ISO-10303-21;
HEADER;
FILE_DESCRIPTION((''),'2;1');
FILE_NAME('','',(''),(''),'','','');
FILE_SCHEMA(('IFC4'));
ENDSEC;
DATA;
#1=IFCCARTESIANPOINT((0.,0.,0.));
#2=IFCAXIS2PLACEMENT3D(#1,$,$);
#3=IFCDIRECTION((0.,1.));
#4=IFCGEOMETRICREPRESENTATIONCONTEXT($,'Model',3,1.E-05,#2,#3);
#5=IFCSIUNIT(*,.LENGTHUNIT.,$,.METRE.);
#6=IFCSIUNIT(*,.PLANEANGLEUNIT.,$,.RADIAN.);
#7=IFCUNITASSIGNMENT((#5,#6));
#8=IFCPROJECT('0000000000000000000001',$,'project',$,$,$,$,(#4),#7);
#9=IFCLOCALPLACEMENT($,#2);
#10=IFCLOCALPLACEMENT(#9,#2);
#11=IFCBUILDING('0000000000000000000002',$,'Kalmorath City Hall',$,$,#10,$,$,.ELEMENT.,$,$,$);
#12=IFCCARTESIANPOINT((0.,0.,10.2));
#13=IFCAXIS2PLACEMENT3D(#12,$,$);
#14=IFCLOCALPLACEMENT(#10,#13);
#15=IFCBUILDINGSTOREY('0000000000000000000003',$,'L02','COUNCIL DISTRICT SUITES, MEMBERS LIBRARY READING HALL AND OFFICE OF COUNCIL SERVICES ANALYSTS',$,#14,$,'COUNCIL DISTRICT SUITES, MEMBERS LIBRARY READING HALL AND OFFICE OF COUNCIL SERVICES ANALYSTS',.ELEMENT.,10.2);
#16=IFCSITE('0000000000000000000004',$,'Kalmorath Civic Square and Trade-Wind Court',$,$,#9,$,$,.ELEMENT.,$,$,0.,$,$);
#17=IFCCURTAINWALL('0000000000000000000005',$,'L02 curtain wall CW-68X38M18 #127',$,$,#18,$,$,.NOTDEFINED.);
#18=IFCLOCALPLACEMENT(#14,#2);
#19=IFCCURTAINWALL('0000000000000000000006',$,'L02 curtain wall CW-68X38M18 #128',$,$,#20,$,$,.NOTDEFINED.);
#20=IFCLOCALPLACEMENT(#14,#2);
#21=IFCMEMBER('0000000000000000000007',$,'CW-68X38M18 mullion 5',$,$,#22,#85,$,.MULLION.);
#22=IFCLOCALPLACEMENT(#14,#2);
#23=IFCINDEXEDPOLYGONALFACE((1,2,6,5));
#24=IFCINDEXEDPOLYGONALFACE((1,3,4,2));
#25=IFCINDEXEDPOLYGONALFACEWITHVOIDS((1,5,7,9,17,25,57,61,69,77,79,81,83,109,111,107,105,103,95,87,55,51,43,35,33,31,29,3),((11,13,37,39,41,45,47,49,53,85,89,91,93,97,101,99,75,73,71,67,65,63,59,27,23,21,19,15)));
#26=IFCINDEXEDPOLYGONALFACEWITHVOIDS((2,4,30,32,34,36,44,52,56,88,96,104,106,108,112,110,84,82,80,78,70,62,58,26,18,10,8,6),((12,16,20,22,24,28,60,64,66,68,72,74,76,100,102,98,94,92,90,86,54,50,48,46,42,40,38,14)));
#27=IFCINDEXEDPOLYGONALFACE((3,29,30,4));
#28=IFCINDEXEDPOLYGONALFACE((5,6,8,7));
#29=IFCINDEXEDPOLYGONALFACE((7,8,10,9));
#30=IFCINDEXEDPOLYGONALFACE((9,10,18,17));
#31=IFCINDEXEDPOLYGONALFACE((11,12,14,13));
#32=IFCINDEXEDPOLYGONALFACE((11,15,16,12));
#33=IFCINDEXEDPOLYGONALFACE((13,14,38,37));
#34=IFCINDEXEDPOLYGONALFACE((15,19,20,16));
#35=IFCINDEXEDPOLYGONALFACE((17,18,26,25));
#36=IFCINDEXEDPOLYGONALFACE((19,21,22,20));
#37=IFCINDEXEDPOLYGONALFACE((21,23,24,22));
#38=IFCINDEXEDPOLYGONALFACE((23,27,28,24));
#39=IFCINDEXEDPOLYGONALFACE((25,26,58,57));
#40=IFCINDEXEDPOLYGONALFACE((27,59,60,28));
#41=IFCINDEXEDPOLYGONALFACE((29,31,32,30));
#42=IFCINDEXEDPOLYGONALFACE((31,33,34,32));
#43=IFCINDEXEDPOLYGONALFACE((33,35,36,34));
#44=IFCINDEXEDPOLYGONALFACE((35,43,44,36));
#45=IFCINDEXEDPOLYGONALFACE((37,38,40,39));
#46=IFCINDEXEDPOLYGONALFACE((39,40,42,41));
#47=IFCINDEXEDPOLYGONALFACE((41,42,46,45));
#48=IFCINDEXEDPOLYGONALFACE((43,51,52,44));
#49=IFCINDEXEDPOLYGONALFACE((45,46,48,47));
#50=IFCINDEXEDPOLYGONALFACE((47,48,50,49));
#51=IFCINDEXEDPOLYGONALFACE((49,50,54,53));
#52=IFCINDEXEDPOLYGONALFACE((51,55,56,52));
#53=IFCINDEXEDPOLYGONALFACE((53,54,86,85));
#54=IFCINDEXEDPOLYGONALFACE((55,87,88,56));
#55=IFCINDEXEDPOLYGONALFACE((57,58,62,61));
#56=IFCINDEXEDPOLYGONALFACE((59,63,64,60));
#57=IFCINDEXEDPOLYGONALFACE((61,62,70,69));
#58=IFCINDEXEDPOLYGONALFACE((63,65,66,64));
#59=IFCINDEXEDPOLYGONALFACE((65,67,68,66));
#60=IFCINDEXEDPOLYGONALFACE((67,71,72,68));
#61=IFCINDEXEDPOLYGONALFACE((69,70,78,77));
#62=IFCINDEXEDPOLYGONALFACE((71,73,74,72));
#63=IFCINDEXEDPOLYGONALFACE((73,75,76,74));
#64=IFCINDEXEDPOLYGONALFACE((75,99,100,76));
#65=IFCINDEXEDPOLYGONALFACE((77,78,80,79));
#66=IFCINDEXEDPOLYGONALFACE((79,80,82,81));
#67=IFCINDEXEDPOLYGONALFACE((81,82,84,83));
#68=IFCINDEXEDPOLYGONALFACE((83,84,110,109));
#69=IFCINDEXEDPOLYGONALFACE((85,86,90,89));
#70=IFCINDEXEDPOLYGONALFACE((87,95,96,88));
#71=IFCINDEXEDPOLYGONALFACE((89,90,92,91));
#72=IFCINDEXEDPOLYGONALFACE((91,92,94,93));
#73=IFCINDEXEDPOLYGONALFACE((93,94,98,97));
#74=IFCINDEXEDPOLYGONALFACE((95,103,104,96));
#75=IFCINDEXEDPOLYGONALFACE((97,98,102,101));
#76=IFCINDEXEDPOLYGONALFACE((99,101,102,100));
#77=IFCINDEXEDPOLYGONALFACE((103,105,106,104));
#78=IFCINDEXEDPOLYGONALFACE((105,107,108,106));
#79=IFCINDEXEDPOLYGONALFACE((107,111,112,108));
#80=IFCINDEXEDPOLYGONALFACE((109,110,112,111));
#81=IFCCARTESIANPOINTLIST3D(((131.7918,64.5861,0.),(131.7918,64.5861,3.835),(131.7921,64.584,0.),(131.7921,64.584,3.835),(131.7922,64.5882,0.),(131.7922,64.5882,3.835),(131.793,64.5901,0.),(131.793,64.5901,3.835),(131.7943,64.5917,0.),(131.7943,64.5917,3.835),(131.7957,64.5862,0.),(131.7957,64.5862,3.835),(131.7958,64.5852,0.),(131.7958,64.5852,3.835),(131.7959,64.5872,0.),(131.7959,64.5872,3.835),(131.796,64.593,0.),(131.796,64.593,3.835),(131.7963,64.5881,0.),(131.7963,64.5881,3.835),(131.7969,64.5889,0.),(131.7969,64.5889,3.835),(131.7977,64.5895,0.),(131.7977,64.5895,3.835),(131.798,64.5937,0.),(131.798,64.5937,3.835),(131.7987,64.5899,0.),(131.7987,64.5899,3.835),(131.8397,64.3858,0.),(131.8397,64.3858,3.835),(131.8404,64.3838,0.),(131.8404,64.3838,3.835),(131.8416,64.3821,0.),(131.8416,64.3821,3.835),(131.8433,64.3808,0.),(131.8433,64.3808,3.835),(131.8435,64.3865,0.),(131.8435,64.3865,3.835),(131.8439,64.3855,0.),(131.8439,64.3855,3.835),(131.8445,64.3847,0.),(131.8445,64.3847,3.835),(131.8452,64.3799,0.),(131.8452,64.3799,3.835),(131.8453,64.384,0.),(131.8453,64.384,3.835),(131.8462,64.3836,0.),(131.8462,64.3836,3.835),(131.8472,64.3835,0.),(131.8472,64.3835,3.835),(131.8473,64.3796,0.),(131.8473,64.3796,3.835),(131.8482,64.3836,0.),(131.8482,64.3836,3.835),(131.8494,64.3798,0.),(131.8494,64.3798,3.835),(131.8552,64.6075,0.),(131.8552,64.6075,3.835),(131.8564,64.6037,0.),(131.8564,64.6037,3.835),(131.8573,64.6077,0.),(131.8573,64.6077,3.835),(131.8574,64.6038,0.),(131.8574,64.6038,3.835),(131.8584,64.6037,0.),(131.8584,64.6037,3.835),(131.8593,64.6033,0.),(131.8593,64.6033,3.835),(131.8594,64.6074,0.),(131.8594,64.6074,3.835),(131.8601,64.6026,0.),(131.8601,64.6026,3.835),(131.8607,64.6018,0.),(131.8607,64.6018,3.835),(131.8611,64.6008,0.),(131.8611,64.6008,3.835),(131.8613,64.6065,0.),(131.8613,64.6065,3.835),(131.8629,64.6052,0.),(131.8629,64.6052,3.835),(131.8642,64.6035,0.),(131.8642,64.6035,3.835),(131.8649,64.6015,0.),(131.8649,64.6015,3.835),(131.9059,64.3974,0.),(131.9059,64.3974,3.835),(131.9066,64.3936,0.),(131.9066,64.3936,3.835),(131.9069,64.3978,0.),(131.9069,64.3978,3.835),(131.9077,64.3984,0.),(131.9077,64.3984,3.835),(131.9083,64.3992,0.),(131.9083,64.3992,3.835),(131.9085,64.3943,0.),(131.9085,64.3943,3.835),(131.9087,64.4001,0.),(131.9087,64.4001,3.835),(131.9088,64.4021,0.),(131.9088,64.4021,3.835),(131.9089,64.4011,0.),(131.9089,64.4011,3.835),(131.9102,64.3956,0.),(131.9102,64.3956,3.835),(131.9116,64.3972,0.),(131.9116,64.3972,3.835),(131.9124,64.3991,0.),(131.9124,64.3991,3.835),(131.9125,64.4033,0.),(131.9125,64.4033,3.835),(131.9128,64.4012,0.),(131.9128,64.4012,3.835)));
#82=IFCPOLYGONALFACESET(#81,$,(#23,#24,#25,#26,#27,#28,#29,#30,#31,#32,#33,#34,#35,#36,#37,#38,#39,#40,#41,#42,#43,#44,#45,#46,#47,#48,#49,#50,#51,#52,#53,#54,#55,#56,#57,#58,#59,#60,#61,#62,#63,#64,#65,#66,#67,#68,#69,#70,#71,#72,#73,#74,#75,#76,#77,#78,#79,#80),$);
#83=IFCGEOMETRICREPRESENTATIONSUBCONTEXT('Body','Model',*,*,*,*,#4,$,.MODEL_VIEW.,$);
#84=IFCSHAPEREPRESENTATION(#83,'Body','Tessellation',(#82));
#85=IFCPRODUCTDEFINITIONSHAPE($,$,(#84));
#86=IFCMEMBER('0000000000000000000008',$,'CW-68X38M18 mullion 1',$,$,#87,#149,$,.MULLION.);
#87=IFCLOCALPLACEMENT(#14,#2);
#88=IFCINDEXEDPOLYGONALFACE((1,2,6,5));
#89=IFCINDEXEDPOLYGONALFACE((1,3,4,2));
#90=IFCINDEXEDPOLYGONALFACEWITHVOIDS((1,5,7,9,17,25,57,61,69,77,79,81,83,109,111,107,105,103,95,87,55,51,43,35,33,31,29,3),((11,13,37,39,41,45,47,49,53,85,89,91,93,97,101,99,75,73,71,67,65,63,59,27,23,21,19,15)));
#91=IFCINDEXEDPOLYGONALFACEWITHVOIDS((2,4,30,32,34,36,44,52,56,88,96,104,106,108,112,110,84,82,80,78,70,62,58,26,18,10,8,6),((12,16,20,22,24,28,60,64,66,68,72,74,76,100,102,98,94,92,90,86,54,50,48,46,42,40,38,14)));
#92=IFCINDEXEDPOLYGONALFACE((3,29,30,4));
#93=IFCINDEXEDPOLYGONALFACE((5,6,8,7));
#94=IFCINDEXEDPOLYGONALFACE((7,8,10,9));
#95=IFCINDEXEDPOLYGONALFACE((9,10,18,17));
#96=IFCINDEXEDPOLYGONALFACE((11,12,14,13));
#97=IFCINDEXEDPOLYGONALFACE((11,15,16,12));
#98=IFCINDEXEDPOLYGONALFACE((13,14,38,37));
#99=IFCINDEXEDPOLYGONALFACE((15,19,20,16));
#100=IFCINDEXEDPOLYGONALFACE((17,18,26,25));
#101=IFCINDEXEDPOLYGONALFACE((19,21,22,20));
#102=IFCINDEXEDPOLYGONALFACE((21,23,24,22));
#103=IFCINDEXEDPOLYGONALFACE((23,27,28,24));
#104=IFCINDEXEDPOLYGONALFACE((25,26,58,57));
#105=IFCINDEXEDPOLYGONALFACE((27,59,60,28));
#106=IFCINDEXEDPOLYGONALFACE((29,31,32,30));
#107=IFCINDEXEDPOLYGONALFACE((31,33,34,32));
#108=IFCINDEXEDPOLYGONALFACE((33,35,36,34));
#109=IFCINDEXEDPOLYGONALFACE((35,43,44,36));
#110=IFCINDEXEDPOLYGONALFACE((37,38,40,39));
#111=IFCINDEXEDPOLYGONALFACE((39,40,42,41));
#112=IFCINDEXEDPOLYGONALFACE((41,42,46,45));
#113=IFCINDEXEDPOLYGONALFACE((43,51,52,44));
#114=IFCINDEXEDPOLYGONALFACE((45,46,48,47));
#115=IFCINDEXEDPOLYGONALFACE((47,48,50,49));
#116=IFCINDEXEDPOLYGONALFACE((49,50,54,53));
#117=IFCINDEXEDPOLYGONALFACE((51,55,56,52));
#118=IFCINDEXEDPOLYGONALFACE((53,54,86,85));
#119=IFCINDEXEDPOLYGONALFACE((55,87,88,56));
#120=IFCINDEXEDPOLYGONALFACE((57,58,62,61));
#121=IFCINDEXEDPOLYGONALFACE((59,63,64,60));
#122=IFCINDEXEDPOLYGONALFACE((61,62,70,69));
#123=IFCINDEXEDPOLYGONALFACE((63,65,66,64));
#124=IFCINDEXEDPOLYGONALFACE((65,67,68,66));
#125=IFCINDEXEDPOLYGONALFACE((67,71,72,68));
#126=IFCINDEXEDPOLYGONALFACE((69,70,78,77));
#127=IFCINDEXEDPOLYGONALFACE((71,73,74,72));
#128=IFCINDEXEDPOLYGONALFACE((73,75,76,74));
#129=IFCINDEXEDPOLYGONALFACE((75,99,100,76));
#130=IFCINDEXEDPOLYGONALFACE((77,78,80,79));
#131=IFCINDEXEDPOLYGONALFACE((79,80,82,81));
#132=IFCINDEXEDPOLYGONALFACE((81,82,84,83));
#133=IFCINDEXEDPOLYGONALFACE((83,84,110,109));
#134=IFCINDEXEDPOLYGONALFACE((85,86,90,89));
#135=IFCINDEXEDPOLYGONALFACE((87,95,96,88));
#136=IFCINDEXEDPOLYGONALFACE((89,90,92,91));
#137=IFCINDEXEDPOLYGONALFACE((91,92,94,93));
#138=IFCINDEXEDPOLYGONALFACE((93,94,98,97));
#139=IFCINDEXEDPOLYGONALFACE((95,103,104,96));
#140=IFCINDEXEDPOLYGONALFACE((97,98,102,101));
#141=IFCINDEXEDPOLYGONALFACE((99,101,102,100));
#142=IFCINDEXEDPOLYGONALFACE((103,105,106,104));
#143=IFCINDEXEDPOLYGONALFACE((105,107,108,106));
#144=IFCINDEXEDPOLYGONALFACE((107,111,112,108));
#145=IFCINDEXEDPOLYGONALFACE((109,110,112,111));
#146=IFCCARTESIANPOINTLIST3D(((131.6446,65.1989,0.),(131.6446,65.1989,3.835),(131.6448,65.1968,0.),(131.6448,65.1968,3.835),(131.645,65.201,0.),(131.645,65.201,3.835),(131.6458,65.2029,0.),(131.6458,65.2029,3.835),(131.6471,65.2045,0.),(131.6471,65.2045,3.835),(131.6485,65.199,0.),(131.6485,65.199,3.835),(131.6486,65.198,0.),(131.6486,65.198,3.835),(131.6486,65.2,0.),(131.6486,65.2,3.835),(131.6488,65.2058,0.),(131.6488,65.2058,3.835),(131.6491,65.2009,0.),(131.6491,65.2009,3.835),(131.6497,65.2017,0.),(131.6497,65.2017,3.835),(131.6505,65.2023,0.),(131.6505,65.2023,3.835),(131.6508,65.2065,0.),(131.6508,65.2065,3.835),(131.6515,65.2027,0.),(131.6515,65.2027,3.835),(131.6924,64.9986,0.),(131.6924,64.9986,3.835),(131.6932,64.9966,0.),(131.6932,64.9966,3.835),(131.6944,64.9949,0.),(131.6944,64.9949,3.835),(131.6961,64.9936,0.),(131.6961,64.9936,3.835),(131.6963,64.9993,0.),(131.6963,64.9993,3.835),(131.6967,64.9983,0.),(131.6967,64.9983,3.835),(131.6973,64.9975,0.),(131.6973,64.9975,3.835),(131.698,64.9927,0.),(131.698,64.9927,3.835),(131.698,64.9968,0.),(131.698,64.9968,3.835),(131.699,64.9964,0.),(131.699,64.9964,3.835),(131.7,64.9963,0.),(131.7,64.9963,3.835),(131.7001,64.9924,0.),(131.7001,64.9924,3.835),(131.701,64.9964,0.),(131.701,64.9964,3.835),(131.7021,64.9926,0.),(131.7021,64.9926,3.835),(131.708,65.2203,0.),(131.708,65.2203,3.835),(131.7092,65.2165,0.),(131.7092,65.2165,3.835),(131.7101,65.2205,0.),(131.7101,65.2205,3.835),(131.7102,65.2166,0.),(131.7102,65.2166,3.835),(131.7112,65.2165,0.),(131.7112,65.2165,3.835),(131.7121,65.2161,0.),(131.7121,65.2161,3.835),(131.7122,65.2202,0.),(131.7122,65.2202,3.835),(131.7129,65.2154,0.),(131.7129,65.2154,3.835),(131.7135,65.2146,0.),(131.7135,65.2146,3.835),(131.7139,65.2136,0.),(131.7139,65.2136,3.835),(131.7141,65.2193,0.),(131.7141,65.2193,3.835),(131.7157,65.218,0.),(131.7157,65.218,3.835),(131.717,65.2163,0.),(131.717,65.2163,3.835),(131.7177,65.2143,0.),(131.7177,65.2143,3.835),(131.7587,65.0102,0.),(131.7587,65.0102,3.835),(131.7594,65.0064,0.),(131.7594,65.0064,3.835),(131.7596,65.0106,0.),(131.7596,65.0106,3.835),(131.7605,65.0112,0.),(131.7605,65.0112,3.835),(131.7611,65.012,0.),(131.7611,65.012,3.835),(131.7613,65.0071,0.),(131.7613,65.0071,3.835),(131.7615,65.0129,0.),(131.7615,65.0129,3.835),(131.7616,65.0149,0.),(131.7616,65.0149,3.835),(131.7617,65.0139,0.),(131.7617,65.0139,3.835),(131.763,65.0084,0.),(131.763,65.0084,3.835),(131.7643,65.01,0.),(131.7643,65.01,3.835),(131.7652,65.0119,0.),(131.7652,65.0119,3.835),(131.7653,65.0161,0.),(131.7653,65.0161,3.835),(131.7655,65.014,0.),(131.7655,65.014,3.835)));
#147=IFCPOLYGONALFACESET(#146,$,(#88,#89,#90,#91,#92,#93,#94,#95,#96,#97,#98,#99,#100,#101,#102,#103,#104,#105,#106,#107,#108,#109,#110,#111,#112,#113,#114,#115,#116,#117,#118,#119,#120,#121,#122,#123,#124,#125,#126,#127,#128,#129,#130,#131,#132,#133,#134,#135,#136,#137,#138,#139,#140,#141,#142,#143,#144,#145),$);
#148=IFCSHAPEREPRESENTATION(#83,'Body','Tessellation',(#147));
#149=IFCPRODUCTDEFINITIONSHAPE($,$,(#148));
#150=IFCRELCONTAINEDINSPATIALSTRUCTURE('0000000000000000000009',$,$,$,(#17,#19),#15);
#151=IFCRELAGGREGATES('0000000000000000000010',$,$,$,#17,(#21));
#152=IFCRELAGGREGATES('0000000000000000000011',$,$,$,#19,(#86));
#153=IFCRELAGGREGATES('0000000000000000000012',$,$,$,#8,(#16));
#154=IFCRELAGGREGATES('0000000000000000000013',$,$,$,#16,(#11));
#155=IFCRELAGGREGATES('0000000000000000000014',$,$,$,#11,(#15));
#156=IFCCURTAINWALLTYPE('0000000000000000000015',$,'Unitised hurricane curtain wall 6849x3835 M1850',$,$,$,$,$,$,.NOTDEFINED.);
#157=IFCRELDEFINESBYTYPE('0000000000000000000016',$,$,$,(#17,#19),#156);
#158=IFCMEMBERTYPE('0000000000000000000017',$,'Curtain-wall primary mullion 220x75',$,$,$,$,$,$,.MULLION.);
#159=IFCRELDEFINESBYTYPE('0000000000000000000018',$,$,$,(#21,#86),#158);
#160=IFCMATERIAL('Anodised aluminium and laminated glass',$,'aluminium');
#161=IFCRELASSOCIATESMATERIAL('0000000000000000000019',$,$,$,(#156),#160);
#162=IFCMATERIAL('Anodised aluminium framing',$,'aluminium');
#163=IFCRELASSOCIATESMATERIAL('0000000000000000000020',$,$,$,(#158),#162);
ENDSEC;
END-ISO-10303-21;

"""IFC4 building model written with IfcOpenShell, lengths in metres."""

from ifc_helpers import new_model, si_unit, direction, frame, origin, origin_2d, place, context, subcontext, project, spatial, hollow_rectangle, extrude, material, material_profile, profile_set, type_object, element, aggregate, save


model = new_model("IFC4")

# Units and contexts
model_context = context("Model", 3, precision=1e-05, world=origin(), true_north=direction((0.0, 1.0)))
body_context = subcontext(model_context, "Body", "Model", "MODEL_VIEW")
ifc_project = project(units=[si_unit("LENGTHUNIT", "METRE"), si_unit("PLANEANGLEUNIT", "RADIAN")], contexts=[model_context])

# Site, building, storey
site_placement = place(None, origin())
site = spatial("IfcSite", under=ifc_project, at=site_placement, Name="Kalmorath Civic Square and Trade-Wind Court", CompositionType="ELEMENT", RefElevation=0.0)
building_placement = place(site_placement, origin())
building = spatial("IfcBuilding", under=site, at=building_placement, Name="Kalmorath City Hall", CompositionType="ELEMENT")
storey_placement = place(building_placement, frame((0.0, 0.0, 10.2)))
storey = spatial("IfcBuildingStorey", under=building, at=storey_placement, Name="L02", Description="COUNCIL DISTRICT SUITES, MEMBERS LIBRARY READING HALL AND OFFICE OF COUNCIL SERVICES ANALYSTS", LongName="COUNCIL DISTRICT SUITES, MEMBERS LIBRARY READING HALL AND OFFICE OF COUNCIL SERVICES ANALYSTS", CompositionType="ELEMENT", Elevation=10.2)

# Curtain walls
ifc_material_1 = material(Name="Anodised aluminium and laminated glass", Category="aluminium")
curtain_wall_type = type_object("IfcCurtainWallType", Name="Unitised hurricane curtain wall 6849x3835 M1850", PredefinedType="NOTDEFINED", material=ifc_material_1)
curtain_wall_1_placement = place(storey_placement, origin())
curtain_wall_1 = element("IfcCurtainWall", 1, at=curtain_wall_1_placement, inside=storey, type_object=curtain_wall_type, Name="L02 curtain wall CW-68X38M18 #127", PredefinedType="NOTDEFINED")
curtain_wall_2_placement = place(storey_placement, origin())
curtain_wall_2 = element("IfcCurtainWall", 2, at=curtain_wall_2_placement, inside=storey, type_object=curtain_wall_type, Name="L02 curtain wall CW-68X38M18 #128", PredefinedType="NOTDEFINED")

# Members
ifc_material_2 = material(Name="Anodised aluminium framing", Category="aluminium")
ifc_material_profile_1 = material_profile(ifc_material_2, hollow_rectangle(XDim=0.075, YDim=0.22, WallThickness=0.0039, InnerFilletRadius=0.0039, OuterFilletRadius=0.0081, at=origin_2d()), Name="ALU-MUL-220X75X4")
ifc_profile_set_1 = profile_set([ifc_material_profile_1], Name="Anodised aluminium framing")
member_type_1 = type_object("IfcMemberType", Name="Curtain-wall primary mullion 220x75", PredefinedType="MULLION", material=ifc_profile_set_1)
member_1_placement = place(storey_placement, frame((131.8523, 64.4937, 0.0), z_axis=(0.0, 0.0, 1.0), x_axis=(-0.972367, -0.233456, 0.0)))
member_1 = element("IfcMember", 3, at=member_1_placement, type_object=member_type_1, Name="CW-68X38M18 mullion 5", PredefinedType="MULLION", context=body_context, shape_type="SweptSolid", body=[
    extrude(hollow_rectangle(XDim=0.075, YDim=0.22, WallThickness=0.0039, InnerFilletRadius=0.0039, OuterFilletRadius=0.0081, at=origin_2d()), origin(), (0.0, 0.0, 1.0), 3.835),
])
member_2_placement = place(storey_placement, frame((131.7051, 65.1064, 0.0), z_axis=(0.0, 0.0, 1.0), x_axis=(-0.972371, -0.233442, 0.0)))
member_2 = element("IfcMember", 4, at=member_2_placement, type_object=member_type_1, Name="CW-68X38M18 mullion 1", PredefinedType="MULLION", context=body_context, shape_type="SweptSolid", body=[
    extrude(hollow_rectangle(XDim=0.075, YDim=0.22, WallThickness=0.0039, InnerFilletRadius=0.0039, OuterFilletRadius=0.0081, at=origin_2d()), origin(), (0.0, 0.0, 1.0), 3.835),
])

aggregate(curtain_wall_1, [member_1])
aggregate(curtain_wall_2, [member_2])

save(model, "model.ifc")
